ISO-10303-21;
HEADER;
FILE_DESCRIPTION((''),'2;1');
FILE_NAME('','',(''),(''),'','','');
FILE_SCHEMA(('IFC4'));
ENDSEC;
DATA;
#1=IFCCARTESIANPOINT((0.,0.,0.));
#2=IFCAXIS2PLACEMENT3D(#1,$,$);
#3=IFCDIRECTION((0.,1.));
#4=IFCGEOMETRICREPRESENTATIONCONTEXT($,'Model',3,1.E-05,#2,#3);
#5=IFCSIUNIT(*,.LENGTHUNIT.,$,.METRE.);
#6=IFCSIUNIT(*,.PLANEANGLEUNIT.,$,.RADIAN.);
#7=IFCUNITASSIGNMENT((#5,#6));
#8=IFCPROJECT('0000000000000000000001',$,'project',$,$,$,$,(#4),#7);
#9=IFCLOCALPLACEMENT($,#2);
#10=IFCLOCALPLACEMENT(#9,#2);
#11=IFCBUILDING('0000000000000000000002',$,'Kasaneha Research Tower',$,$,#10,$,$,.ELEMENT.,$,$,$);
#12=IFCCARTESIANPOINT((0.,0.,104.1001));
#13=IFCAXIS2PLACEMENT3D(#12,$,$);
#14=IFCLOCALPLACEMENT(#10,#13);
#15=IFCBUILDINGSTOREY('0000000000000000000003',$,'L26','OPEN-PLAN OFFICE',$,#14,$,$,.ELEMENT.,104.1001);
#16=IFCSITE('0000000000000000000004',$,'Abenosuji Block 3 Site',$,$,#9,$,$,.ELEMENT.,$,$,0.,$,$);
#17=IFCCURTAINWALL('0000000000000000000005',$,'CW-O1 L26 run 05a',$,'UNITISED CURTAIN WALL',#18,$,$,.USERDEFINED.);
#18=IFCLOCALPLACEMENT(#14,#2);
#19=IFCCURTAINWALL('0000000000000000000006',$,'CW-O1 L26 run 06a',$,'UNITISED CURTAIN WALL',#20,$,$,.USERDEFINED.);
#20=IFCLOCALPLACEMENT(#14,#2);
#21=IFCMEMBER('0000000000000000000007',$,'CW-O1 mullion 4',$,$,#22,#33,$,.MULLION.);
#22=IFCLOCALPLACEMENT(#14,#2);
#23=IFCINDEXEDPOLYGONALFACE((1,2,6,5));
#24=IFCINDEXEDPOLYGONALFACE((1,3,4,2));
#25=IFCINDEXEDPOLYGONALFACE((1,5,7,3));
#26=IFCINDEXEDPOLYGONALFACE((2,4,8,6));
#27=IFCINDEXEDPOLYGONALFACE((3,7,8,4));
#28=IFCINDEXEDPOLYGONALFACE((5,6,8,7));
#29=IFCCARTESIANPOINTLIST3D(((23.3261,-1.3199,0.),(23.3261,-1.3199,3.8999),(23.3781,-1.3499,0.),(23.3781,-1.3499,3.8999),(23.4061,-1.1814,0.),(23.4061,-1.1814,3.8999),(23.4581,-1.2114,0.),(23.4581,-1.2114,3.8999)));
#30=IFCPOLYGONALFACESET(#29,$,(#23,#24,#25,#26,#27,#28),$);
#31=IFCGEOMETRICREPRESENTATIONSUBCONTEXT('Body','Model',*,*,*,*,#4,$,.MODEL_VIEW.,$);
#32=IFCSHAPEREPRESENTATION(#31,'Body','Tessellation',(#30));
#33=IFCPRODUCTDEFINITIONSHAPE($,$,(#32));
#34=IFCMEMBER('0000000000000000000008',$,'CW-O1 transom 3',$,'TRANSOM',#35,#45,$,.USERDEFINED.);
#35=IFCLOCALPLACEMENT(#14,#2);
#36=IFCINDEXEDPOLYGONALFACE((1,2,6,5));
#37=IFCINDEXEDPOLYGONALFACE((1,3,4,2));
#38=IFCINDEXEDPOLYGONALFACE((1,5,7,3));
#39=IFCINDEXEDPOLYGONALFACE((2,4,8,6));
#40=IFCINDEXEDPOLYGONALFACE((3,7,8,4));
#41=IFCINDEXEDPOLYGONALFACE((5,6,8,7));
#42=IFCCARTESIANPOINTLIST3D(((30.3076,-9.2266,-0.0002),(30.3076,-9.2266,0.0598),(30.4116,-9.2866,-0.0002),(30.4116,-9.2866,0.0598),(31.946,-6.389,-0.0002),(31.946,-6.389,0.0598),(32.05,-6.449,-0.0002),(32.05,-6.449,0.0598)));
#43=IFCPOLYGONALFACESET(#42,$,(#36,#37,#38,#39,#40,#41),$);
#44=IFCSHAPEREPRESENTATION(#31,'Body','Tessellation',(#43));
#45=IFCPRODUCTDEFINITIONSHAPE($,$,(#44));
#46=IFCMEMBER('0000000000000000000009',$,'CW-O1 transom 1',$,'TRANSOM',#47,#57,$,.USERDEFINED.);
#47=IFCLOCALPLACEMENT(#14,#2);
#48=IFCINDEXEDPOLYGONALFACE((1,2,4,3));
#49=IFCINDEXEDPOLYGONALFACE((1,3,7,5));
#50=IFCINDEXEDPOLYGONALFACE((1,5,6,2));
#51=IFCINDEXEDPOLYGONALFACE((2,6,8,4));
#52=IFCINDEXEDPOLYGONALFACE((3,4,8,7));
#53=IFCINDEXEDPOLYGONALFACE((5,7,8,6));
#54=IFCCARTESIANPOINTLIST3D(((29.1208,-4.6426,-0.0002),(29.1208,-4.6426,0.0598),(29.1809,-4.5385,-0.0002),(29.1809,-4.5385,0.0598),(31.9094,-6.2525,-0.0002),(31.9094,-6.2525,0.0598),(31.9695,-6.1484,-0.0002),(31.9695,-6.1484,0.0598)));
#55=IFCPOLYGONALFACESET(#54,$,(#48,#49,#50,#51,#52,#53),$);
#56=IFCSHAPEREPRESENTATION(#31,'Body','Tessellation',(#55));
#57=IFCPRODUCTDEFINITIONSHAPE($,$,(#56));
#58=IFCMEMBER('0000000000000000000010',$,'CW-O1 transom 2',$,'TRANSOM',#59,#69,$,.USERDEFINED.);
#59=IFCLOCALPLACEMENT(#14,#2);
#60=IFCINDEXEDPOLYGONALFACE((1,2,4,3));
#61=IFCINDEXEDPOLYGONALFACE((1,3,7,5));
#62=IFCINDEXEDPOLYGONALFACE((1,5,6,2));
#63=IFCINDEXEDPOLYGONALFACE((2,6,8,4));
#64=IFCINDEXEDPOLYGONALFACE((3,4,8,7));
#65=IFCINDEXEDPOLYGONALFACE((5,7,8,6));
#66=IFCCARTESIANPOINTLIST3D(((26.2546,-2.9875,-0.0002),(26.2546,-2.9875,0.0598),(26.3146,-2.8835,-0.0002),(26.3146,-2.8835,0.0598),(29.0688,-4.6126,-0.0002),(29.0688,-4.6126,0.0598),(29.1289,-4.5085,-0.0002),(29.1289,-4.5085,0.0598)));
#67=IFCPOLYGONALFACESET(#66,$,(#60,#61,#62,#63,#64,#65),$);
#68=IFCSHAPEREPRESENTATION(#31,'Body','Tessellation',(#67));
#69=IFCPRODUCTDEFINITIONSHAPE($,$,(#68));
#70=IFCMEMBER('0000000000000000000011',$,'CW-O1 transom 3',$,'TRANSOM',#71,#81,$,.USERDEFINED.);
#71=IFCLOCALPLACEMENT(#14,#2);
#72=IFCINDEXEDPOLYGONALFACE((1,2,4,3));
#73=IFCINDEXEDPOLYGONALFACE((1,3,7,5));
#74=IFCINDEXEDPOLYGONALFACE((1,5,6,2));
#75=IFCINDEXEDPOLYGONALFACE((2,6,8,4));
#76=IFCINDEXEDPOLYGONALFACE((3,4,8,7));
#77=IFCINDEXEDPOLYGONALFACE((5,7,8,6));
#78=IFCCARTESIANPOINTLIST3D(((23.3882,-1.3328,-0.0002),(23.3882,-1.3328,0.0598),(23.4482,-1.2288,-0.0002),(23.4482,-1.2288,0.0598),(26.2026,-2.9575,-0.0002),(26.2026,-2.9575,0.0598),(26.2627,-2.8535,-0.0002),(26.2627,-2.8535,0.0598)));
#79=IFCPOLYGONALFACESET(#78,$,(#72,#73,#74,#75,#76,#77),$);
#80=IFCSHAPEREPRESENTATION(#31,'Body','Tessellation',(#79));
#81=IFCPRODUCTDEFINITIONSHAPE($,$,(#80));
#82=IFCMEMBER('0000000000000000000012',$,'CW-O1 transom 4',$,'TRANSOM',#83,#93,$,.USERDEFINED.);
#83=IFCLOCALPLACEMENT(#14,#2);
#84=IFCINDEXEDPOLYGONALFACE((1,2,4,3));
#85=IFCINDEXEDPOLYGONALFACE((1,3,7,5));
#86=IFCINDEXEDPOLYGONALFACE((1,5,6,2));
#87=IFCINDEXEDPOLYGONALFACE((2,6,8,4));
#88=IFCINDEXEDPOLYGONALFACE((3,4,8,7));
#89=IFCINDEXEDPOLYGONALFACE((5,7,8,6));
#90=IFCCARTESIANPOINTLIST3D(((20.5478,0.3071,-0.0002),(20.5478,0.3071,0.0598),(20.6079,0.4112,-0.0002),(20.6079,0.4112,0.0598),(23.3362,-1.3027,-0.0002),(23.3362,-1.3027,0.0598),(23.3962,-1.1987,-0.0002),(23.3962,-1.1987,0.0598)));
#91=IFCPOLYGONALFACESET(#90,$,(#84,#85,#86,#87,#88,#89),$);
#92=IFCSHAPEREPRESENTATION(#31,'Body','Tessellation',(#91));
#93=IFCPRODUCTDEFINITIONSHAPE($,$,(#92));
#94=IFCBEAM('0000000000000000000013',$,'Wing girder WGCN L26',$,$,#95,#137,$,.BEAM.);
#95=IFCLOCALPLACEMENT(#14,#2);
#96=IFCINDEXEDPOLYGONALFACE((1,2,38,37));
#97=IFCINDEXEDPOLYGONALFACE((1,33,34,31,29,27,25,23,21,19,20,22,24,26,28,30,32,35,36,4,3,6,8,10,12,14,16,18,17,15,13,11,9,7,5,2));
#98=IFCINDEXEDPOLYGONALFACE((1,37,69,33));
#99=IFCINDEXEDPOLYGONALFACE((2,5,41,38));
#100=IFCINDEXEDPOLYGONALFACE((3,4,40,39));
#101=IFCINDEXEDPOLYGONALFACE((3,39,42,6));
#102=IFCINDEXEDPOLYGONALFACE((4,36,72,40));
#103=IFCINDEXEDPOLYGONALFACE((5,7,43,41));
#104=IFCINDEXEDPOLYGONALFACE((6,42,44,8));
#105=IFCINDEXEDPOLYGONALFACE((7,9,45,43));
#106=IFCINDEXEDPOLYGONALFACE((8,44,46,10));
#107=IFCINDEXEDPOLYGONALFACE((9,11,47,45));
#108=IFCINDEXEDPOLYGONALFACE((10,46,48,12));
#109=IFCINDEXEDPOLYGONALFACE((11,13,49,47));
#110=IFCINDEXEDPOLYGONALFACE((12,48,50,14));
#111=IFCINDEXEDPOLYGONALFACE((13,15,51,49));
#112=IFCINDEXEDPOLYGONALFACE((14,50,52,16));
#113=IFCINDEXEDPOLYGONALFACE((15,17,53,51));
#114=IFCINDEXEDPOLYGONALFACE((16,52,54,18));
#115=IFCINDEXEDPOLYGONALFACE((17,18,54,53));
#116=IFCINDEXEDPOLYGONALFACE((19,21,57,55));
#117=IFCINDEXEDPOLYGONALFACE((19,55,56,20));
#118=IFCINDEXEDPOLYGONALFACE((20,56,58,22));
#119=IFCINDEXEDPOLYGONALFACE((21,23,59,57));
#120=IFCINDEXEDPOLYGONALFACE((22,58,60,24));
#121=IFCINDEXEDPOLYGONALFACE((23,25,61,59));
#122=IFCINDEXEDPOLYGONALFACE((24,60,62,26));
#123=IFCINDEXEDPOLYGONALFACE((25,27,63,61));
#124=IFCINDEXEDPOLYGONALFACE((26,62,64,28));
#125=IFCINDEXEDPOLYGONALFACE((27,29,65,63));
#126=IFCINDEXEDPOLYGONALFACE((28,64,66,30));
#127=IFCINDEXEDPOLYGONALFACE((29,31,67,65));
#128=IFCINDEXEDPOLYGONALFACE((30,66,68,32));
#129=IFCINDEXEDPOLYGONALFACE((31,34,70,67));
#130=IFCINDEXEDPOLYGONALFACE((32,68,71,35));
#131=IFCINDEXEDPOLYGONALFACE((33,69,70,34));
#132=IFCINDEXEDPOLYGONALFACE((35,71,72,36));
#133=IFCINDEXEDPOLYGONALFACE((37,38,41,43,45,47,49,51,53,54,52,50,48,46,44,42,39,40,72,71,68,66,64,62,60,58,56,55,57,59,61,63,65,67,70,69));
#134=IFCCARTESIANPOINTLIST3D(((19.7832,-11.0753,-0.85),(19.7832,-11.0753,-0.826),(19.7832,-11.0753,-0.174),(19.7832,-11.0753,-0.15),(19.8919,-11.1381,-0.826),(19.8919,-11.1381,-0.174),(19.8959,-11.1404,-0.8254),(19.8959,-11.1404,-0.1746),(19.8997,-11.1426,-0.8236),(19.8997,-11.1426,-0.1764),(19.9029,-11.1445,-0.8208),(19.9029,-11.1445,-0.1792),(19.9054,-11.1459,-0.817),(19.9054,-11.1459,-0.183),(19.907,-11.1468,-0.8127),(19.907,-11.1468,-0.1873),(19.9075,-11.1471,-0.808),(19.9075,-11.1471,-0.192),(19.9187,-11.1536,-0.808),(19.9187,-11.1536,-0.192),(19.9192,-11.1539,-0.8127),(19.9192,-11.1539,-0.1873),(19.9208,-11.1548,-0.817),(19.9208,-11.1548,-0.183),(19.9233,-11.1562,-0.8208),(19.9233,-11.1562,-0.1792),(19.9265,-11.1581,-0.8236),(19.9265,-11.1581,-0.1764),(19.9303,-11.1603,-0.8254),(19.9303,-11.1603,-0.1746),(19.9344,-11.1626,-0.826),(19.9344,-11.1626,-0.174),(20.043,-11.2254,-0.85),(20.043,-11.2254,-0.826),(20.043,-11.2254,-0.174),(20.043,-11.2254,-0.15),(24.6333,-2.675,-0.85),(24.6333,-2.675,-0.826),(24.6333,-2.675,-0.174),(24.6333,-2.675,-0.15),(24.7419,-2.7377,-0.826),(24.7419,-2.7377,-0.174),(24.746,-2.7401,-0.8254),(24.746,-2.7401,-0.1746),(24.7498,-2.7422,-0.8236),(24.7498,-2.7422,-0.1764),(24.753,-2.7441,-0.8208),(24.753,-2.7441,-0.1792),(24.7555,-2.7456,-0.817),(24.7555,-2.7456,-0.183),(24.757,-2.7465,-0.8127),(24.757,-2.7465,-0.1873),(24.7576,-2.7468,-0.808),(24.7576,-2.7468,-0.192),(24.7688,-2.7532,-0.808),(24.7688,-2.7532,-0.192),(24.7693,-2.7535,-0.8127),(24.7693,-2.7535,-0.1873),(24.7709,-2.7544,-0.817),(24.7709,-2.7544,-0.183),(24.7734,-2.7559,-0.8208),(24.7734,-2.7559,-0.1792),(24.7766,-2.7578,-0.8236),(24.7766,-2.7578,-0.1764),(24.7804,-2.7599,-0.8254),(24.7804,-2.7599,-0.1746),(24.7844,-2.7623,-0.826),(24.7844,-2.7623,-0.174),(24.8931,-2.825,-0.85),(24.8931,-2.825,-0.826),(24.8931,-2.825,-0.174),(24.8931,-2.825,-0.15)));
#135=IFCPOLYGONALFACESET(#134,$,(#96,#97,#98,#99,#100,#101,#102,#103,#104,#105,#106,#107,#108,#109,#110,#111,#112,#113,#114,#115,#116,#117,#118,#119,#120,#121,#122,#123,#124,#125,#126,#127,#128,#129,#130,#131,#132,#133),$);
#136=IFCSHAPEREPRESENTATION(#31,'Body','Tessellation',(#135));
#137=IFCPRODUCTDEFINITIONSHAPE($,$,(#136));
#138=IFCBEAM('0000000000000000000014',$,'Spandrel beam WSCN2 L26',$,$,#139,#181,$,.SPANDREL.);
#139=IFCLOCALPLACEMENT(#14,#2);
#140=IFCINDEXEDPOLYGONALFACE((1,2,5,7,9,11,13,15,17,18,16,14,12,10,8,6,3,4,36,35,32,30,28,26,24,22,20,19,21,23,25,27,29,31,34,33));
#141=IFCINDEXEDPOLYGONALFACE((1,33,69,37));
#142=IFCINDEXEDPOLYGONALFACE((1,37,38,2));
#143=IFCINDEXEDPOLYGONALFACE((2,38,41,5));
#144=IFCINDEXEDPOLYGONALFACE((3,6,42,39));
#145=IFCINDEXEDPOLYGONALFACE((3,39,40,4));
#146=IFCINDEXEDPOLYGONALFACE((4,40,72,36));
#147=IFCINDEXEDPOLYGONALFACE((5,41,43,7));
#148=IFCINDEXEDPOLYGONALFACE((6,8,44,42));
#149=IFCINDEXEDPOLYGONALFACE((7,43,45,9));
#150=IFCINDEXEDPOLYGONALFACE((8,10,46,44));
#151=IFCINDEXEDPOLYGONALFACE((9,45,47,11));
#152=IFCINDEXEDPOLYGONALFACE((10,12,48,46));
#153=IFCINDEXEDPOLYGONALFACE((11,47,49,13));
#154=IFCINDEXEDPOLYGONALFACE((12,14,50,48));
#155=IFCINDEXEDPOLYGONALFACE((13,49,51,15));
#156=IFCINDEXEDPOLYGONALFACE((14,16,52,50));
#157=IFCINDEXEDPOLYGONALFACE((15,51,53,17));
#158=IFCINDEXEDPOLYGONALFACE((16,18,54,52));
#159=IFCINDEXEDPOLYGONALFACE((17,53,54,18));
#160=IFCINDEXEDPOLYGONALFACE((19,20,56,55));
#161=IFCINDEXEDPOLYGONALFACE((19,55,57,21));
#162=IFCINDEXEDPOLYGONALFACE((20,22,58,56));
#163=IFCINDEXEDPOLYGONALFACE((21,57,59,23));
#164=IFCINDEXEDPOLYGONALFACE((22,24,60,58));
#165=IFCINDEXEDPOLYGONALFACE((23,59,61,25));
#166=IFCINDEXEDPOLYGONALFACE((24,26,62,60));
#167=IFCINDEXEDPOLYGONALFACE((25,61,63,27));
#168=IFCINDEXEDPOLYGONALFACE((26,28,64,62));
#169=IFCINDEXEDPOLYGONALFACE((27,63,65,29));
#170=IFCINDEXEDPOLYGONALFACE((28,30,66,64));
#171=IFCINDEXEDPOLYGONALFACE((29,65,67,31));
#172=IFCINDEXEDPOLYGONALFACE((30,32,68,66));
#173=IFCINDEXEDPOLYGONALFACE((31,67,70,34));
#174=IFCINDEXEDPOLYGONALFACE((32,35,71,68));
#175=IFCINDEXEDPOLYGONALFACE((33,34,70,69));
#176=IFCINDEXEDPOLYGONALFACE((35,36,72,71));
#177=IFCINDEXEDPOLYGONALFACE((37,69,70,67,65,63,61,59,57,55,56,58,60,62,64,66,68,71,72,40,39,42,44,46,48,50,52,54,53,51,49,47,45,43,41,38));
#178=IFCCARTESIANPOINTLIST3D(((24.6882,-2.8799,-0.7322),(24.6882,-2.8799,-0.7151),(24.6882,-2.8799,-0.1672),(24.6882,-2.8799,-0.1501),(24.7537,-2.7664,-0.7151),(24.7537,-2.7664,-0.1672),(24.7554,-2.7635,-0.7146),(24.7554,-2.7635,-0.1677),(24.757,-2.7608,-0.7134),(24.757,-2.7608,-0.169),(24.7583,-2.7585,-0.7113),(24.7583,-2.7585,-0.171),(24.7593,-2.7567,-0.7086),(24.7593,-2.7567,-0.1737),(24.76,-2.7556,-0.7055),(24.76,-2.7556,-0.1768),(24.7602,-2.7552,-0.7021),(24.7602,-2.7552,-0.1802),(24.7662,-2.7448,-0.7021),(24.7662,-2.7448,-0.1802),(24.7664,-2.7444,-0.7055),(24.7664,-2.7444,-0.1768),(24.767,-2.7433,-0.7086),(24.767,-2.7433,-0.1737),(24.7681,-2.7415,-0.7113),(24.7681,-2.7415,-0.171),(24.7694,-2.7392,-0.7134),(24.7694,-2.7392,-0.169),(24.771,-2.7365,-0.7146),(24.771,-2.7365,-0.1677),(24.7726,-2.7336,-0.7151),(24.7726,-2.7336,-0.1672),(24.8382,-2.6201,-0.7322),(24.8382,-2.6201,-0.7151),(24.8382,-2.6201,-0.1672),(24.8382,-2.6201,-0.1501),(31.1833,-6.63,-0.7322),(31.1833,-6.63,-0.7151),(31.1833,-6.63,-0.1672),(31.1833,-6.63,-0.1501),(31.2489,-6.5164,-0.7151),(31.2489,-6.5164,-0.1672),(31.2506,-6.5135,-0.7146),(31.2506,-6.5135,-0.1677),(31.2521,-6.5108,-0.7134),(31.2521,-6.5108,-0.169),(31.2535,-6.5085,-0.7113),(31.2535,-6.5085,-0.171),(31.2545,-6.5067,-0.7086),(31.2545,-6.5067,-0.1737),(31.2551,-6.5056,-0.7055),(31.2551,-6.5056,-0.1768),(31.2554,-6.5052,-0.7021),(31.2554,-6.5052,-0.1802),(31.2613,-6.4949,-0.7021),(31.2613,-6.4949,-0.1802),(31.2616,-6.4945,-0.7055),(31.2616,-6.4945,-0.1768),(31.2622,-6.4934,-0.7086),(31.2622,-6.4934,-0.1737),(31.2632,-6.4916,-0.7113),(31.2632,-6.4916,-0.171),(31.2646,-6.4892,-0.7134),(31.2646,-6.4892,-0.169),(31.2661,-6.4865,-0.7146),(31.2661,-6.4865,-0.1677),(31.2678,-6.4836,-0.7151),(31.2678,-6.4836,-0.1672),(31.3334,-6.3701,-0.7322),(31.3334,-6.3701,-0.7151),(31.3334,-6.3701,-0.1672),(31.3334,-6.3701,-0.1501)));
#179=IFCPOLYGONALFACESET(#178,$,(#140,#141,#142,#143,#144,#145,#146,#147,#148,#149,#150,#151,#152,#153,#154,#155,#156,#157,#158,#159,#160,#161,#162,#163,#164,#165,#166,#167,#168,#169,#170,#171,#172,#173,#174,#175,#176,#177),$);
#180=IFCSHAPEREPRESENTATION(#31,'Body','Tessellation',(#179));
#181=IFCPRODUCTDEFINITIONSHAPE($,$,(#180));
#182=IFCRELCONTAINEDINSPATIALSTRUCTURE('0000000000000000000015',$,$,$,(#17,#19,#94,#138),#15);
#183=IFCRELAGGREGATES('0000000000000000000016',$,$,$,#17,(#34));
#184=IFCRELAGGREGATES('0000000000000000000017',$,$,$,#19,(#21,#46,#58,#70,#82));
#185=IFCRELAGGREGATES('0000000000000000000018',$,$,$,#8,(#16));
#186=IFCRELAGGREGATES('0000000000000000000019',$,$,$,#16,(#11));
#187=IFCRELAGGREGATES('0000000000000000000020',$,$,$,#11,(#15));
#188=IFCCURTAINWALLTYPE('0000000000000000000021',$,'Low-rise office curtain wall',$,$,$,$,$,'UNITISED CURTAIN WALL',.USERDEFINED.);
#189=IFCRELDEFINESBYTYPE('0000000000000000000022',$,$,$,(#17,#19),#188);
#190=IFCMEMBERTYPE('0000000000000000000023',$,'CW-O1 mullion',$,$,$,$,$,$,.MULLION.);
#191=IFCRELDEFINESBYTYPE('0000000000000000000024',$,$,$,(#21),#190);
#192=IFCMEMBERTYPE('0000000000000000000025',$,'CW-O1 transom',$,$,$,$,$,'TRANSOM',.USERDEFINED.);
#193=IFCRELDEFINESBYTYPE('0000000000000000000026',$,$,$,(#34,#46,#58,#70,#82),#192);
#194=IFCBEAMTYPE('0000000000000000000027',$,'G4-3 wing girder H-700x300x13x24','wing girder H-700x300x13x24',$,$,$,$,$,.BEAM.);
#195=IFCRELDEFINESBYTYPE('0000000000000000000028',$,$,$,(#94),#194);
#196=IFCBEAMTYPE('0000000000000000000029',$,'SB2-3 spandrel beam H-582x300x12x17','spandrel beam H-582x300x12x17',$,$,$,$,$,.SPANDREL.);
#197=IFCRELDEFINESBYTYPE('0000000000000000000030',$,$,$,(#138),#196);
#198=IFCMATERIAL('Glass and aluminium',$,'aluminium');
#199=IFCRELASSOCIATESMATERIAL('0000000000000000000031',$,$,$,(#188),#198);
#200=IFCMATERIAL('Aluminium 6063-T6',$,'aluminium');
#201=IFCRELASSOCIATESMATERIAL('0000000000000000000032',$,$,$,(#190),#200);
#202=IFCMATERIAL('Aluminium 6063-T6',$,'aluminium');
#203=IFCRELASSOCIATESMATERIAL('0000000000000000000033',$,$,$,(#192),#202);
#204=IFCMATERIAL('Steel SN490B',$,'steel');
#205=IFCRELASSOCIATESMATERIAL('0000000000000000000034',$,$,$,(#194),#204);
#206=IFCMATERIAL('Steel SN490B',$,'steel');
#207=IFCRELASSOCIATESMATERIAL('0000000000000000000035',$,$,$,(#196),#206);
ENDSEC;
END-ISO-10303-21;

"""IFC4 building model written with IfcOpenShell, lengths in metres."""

from ifc_helpers import new_model, si_unit, direction, frame, origin, origin_2d, place, context, subcontext, project, spatial, rectangle, i_section, extrude, material, material_profile, profile_set, type_object, element, aggregate, save


model = new_model("IFC4")

# Units and contexts
model_context = context("Model", 3, precision=1e-05, world=origin(), true_north=direction((0.0, 1.0)))
body_context = subcontext(model_context, "Body", "Model", "MODEL_VIEW")
ifc_project = project(units=[si_unit("LENGTHUNIT", "METRE"), si_unit("PLANEANGLEUNIT", "RADIAN")], contexts=[model_context])

# Site, building, storey
site_placement = place(None, origin())
site = spatial("IfcSite", under=ifc_project, at=site_placement, Name="Abenosuji Block 3 Site", CompositionType="ELEMENT", RefElevation=0.0)
building_placement = place(site_placement, origin())
building = spatial("IfcBuilding", under=site, at=building_placement, Name="Kasaneha Research Tower", CompositionType="ELEMENT")
storey_placement = place(building_placement, frame((0.0, 0.0, 104.1001)))
storey = spatial("IfcBuildingStorey", under=building, at=storey_placement, Name="L26", Description="OPEN-PLAN OFFICE", CompositionType="ELEMENT", Elevation=104.1001)

# Curtain walls, member
ifc_material_1 = material(Name="Glass and aluminium", Category="aluminium")
curtain_wall_type = type_object("IfcCurtainWallType", Name="Low-rise office curtain wall", ElementType="UNITISED CURTAIN WALL", PredefinedType="USERDEFINED", material=ifc_material_1)
curtain_wall_1_placement = place(storey_placement, origin())
curtain_wall_1 = element("IfcCurtainWall", 1, at=curtain_wall_1_placement, inside=storey, type_object=curtain_wall_type, Name="CW-O1 L26 run 05a", ObjectType="UNITISED CURTAIN WALL", PredefinedType="USERDEFINED")
ifc_material_2 = material(Name="Aluminium 6063-T6", Category="aluminium")
ifc_material_profile_1 = material_profile(ifc_material_2, rectangle(XDim=0.0601, YDim=0.1599, at=origin_2d()), Name="CW-O1 mullion 60x160")
ifc_profile_set_1 = profile_set([ifc_material_profile_1], Name="Aluminium 6063-T6")
member_type_1 = type_object("IfcMemberType", Name="CW-O1 mullion", PredefinedType="MULLION", material=ifc_profile_set_1)
curtain_wall_2_placement = place(storey_placement, origin())
curtain_wall_2 = element("IfcCurtainWall", 2, at=curtain_wall_2_placement, inside=storey, type_object=curtain_wall_type, Name="CW-O1 L26 run 06a", ObjectType="UNITISED CURTAIN WALL", PredefinedType="USERDEFINED")
member_1_placement = place(storey_placement, frame((23.3921, -1.2656, 0.0), z_axis=(0.0, 0.0, 1.0), x_axis=(-0.866025, 0.5, 0.0)))
member_1 = element("IfcMember", 3, at=member_1_placement, type_object=member_type_1, Name="CW-O1 mullion 4", PredefinedType="MULLION", context=body_context, shape_type="SweptSolid", body=[
    extrude(rectangle(XDim=0.0601, YDim=0.1599, at=origin_2d()), origin(), (0.0, 0.0, 1.0), 3.8999),
])

# Members
ifc_material_3 = material(Name="Aluminium 6063-T6", Category="aluminium")
ifc_material_profile_2 = material_profile(ifc_material_3, rectangle(XDim=0.1201, YDim=0.0601, at=origin_2d()), Name="CW-O1 transom 120x60")
ifc_profile_set_2 = profile_set([ifc_material_profile_2], Name="Aluminium 6063-T6")
member_type_2 = type_object("IfcMemberType", Name="CW-O1 transom", ElementType="TRANSOM", PredefinedType="USERDEFINED", material=ifc_profile_set_2)
member_2_placement = place(storey_placement, frame((30.3596, -9.2566, 0.0298), z_axis=(0.500026, 0.866011, 0.0), x_axis=(-0.866011, 0.500026, 0.0)))
member_2 = element("IfcMember", 4, at=member_2_placement, type_object=member_type_2, Name="CW-O1 transom 3", ObjectType="TRANSOM", PredefinedType="USERDEFINED", context=body_context, shape_type="SweptSolid", body=[
    extrude(rectangle(XDim=0.1201, YDim=0.0601, at=origin_2d()), origin(), (0.0, 0.0, 1.0), 3.2766),
])
member_3_placement = place(storey_placement, frame((31.9395, -6.2004, 0.0298), z_axis=(-0.866042, 0.499972, 0.0), x_axis=(-0.499972, -0.866042, 0.0)))
member_3 = element("IfcMember", 5, at=member_3_placement, type_object=member_type_2, Name="CW-O1 transom 1", ObjectType="TRANSOM", PredefinedType="USERDEFINED", context=body_context, shape_type="SweptSolid", body=[
    extrude(rectangle(XDim=0.1201, YDim=0.0601, at=origin_2d()), origin(), (0.0, 0.0, 1.0), 3.22),
])
member_4_placement = place(storey_placement, frame((29.0989, -4.5605, 0.0298), z_axis=(-0.865997, 0.50005, 0.0), x_axis=(-0.50005, -0.865997, 0.0)))
member_4 = element("IfcMember", 6, at=member_4_placement, type_object=member_type_2, Name="CW-O1 transom 2", ObjectType="TRANSOM", PredefinedType="USERDEFINED", context=body_context, shape_type="SweptSolid", body=[
    extrude(rectangle(XDim=0.1201, YDim=0.0601, at=origin_2d()), origin(), (0.0, 0.0, 1.0), 3.2498),
])
member_5_placement = place(storey_placement, frame((26.2327, -2.9055, 0.0298), z_axis=(-0.866048, 0.499961, 0.0), x_axis=(-0.499961, -0.866048, 0.0)))
member_5 = element("IfcMember", 7, at=member_5_placement, type_object=member_type_2, Name="CW-O1 transom 3", ObjectType="TRANSOM", PredefinedType="USERDEFINED", context=body_context, shape_type="SweptSolid", body=[
    extrude(rectangle(XDim=0.1201, YDim=0.0601, at=origin_2d()), origin(), (0.0, 0.0, 1.0), 3.2498),
])
member_6_placement = place(storey_placement, frame((23.3662, -1.2507, 0.0298), z_axis=(-0.866023, 0.500005, 0.0), x_axis=(-0.500005, -0.866023, 0.0)))
member_6 = element("IfcMember", 8, at=member_6_placement, type_object=member_type_2, Name="CW-O1 transom 4", ObjectType="TRANSOM", PredefinedType="USERDEFINED", context=body_context, shape_type="SweptSolid", body=[
    extrude(rectangle(XDim=0.1201, YDim=0.0601, at=origin_2d()), origin(), (0.0, 0.0, 1.0), 3.2197),
])

# Beams
ifc_material_4 = material(Name="Steel SN490B", Category="steel")
ifc_material_profile_3 = material_profile(ifc_material_4, i_section(OverallWidth=0.3, OverallDepth=0.7, WebThickness=0.0129, FlangeThickness=0.0239, FilletRadius=0.0181, at=origin_2d()), Name="H-700x300x13x24")
ifc_profile_set_3 = profile_set([ifc_material_profile_3], Name="Steel SN490B")
beam_type_1 = type_object("IfcBeamType", Name="G4-3 wing girder H-700x300x13x24", Description="wing girder H-700x300x13x24", PredefinedType="BEAM", material=ifc_profile_set_3)
beam_1_placement = place(storey_placement, frame((24.7632, -2.75, -0.5), z_axis=(-0.50001, -0.86602, 0.0), x_axis=(0.86602, -0.50001, 0.0)))
element("IfcBeam", 9, at=beam_1_placement, inside=storey, type_object=beam_type_1, Name="Wing girder WGCN L26", PredefinedType="BEAM", context=body_context, shape_type="SweptSolid", body=[
    extrude(i_section(OverallWidth=0.3, OverallDepth=0.7, WebThickness=0.0129, FlangeThickness=0.0239, FilletRadius=0.0181, at=origin_2d()), origin(), (0.0, 0.0, 1.0), 9.7),
])
ifc_material_5 = material(Name="Steel SN490B", Category="steel")
ifc_material_profile_4 = material_profile(ifc_material_5, i_section(OverallWidth=0.3, OverallDepth=0.582, WebThickness=0.012, FlangeThickness=0.0171, FilletRadius=0.0129, at=origin_2d()), Name="H-582x300x12x17")
ifc_profile_set_4 = profile_set([ifc_material_profile_4], Name="Steel SN490B")
beam_type_2 = type_object("IfcBeamType", Name="SB2-3 spandrel beam H-582x300x12x17", Description="spandrel beam H-582x300x12x17", PredefinedType="SPANDREL", material=ifc_profile_set_4)
beam_2_placement = place(storey_placement, frame((24.7632, -2.75, -0.4412), z_axis=(0.866023, -0.500004, 0.0), x_axis=(0.500004, 0.866023, 0.0)))
element("IfcBeam", 10, at=beam_2_placement, inside=storey, type_object=beam_type_2, Name="Spandrel beam WSCN2 L26", PredefinedType="SPANDREL", context=body_context, shape_type="SweptSolid", body=[
    extrude(i_section(OverallWidth=0.3, OverallDepth=0.582, WebThickness=0.012, FlangeThickness=0.0171, FilletRadius=0.0129, at=origin_2d()), origin(), (0.0, 0.0, 1.0), 7.5),
])

aggregate(curtain_wall_1, [member_2])
aggregate(curtain_wall_2, [member_1, member_3, member_4, member_5, member_6])

save(model, "model.ifc")
